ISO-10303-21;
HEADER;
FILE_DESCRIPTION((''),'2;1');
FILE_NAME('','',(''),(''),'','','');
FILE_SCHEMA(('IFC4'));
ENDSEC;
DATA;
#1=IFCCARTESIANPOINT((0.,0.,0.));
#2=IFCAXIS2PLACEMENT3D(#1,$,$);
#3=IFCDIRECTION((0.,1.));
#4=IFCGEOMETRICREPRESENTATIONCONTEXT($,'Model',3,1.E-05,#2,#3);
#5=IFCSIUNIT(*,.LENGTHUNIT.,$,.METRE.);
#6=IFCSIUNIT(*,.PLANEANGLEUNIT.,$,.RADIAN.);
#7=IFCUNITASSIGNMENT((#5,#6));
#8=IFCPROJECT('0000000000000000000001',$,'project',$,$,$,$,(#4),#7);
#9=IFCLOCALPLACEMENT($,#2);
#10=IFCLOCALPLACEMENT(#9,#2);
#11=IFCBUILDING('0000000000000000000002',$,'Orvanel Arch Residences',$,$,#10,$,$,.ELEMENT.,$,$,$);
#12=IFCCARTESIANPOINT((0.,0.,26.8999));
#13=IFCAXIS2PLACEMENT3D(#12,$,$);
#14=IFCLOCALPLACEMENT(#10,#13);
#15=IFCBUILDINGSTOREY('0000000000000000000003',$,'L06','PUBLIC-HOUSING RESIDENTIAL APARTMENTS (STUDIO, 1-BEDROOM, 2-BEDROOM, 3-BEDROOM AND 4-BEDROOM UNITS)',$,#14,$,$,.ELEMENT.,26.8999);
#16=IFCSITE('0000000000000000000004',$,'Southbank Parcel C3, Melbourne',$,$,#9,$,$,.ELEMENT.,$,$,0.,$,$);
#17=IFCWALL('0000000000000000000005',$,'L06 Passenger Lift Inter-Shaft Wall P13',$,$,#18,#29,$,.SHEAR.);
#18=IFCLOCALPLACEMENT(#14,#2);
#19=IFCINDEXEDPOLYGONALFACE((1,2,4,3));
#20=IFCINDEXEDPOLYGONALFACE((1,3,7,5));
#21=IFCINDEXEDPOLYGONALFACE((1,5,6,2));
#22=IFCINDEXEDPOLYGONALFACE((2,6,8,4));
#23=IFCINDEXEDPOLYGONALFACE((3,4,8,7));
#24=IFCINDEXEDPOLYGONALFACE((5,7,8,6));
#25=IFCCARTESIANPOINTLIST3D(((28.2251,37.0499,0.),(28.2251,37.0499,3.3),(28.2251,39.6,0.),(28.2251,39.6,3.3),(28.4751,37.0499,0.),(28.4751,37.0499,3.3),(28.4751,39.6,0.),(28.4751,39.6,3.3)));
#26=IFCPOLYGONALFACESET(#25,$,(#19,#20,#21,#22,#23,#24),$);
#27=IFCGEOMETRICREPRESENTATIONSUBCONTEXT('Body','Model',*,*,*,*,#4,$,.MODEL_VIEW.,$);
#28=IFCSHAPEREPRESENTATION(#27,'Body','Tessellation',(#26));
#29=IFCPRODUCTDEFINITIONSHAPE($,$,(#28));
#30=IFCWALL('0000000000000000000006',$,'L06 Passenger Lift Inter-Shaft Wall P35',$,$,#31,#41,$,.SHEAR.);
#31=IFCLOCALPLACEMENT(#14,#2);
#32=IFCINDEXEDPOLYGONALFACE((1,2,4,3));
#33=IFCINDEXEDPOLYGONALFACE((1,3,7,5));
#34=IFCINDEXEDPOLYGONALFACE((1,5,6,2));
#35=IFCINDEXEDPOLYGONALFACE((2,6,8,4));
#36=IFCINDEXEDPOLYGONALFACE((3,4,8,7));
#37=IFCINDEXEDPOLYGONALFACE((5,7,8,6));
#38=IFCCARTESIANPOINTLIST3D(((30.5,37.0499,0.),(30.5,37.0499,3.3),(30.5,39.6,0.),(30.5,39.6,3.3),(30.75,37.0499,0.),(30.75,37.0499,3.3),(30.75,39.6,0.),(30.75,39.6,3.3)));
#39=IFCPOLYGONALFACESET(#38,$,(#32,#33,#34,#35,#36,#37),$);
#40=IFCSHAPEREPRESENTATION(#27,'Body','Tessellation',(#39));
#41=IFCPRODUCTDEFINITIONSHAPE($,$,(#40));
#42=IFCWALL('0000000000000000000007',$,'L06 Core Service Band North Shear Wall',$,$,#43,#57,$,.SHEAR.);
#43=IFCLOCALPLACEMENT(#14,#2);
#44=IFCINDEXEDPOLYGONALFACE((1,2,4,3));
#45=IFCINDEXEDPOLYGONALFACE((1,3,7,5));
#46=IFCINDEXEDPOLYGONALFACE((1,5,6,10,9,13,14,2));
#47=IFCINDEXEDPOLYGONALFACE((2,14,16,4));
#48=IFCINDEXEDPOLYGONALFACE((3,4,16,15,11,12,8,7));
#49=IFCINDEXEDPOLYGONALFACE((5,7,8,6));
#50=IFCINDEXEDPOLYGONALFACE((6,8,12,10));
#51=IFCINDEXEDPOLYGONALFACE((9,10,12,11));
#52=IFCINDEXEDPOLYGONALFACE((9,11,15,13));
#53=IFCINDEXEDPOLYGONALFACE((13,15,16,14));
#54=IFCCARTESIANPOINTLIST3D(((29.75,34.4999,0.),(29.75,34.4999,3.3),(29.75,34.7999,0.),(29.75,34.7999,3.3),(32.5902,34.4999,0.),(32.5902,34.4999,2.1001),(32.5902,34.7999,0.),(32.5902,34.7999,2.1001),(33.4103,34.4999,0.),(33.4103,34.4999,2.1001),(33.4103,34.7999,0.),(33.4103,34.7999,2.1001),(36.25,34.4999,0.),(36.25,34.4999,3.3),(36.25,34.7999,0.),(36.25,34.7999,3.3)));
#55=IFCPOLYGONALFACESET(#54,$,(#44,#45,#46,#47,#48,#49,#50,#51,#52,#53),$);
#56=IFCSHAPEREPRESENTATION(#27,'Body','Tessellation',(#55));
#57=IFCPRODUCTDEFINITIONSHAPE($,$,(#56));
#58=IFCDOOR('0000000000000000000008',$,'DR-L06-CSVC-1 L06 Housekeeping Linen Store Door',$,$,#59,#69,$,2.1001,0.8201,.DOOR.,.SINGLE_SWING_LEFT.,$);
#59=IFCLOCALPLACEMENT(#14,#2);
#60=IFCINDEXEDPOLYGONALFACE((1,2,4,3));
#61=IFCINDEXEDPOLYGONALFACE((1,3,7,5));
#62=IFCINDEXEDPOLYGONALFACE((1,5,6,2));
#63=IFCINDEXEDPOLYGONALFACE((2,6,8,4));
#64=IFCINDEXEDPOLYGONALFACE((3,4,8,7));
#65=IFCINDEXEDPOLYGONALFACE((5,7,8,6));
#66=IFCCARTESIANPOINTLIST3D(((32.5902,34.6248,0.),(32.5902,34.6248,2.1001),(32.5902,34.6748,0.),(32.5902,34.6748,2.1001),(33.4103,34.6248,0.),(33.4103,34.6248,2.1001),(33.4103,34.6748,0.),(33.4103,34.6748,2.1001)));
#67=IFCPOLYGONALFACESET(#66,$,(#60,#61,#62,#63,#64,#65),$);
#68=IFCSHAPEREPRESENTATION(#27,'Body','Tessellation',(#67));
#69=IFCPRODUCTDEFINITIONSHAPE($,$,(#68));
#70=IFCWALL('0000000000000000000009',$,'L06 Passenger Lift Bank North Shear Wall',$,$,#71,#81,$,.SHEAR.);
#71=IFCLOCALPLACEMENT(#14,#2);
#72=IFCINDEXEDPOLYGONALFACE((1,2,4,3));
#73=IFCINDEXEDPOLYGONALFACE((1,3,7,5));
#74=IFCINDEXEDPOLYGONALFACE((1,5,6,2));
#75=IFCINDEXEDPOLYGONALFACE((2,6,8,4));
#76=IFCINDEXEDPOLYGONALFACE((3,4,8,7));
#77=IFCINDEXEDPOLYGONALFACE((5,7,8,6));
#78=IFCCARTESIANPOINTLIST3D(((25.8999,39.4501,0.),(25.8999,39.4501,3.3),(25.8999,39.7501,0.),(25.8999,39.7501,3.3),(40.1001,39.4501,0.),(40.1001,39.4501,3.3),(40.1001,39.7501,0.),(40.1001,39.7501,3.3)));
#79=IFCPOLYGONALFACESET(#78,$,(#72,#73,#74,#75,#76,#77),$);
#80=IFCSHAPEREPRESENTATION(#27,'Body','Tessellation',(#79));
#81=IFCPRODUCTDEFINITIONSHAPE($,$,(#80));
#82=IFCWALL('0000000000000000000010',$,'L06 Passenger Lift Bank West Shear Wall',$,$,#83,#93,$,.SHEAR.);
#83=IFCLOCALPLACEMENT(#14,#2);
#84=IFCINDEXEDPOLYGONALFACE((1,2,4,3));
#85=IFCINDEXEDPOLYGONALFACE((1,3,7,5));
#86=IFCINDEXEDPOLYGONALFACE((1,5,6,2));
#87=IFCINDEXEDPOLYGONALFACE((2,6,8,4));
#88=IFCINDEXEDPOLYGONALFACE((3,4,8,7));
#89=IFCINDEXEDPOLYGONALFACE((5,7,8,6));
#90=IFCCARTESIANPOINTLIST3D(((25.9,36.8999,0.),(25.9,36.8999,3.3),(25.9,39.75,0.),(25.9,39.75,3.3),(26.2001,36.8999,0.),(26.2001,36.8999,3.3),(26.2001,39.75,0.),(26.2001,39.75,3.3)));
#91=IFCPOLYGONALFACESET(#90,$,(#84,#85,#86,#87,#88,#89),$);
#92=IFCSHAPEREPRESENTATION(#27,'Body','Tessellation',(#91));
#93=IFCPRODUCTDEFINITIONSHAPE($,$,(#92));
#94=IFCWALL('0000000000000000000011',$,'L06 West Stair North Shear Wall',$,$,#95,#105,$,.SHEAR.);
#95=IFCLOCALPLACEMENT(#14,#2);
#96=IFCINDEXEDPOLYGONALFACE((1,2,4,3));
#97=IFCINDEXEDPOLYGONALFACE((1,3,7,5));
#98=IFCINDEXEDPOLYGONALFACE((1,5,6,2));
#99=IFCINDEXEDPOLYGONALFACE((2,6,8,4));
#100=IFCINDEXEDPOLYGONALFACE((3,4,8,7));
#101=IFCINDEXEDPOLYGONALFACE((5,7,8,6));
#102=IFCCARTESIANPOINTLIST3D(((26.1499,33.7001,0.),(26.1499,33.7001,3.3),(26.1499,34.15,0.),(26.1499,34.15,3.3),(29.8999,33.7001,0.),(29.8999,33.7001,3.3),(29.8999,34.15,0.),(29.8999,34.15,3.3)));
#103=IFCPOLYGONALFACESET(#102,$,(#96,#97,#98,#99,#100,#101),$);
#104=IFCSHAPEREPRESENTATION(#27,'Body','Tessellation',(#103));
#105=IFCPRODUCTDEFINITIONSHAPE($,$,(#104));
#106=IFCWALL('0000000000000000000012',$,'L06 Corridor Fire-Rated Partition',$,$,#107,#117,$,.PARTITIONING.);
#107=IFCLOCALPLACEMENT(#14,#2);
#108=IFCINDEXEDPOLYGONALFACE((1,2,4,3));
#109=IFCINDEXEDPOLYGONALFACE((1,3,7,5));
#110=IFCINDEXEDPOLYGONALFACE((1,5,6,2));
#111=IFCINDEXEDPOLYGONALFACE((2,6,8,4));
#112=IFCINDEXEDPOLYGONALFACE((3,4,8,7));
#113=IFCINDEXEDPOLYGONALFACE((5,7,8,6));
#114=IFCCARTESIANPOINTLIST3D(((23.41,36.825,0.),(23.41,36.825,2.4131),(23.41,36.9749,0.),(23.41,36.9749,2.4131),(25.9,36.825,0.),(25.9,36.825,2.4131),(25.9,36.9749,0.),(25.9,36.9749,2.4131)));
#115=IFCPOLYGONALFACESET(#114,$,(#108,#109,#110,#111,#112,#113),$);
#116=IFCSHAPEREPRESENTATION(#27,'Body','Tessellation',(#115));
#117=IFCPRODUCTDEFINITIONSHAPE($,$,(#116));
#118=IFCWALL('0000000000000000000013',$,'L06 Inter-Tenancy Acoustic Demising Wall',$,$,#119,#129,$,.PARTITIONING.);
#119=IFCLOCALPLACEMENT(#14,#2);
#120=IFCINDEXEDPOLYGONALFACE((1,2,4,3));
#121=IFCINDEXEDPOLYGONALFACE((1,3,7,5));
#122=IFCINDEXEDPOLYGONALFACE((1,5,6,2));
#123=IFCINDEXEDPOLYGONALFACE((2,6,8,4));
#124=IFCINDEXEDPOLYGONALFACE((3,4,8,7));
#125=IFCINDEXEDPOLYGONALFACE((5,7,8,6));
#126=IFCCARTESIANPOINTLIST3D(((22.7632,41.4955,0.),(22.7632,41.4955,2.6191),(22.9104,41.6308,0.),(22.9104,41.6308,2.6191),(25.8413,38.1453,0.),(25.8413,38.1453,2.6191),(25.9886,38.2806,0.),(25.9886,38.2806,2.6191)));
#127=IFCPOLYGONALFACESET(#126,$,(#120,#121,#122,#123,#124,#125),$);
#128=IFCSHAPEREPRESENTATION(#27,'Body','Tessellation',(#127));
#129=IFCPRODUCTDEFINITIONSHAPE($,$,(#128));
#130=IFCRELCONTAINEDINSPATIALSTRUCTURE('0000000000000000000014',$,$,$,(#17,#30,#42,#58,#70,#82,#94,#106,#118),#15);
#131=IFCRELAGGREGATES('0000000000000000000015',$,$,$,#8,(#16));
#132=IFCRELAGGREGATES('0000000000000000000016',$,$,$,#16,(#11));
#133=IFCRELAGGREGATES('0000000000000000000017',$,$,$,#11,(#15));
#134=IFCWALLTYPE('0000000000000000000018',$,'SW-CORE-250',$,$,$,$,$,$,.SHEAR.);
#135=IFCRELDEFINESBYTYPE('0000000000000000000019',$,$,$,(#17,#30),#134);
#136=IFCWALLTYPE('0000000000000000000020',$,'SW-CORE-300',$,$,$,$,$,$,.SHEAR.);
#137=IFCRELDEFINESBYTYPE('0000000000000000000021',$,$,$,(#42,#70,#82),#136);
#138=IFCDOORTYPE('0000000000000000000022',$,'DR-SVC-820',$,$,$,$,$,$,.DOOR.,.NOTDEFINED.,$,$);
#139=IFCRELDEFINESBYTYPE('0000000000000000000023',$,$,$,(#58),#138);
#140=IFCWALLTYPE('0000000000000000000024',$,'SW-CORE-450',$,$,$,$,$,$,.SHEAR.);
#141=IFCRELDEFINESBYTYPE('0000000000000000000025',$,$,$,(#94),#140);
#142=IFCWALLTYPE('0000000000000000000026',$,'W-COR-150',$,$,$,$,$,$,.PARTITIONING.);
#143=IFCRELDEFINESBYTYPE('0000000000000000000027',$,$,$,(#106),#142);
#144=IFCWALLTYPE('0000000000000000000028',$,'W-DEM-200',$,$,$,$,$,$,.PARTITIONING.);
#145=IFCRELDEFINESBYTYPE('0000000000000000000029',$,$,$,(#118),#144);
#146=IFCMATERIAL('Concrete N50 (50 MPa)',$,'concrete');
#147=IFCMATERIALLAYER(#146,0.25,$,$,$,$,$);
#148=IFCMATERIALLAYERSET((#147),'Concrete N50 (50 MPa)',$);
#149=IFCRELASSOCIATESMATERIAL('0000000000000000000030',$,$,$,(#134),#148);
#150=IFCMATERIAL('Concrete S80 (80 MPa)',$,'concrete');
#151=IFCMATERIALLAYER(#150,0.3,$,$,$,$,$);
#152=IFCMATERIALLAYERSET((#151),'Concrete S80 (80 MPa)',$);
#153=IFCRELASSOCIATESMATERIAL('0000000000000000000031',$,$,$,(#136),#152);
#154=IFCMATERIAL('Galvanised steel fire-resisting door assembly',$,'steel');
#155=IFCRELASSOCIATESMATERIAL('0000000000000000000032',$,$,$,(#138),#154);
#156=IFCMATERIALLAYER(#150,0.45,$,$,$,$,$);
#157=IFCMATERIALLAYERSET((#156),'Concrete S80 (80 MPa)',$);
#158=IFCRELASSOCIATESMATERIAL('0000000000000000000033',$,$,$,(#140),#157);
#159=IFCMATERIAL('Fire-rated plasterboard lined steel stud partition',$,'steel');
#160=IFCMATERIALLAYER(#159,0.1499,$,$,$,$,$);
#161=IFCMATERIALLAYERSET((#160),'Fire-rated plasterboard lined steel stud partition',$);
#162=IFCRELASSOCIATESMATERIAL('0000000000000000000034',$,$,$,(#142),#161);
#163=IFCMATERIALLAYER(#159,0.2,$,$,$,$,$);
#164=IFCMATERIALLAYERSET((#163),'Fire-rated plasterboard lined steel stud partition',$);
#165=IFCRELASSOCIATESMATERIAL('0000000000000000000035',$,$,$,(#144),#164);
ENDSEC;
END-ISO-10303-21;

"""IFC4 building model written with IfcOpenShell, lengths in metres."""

from ifc_helpers import new_model, si_unit, direction, frame, frame_2d, origin, place, context, subcontext, project, spatial, rectangle, extrude, material, layer, layer_set, type_object, element, fill, save


model = new_model("IFC4")

# Units and contexts
model_context = context("Model", 3, precision=1e-05, world=origin(), true_north=direction((0.0, 1.0)))
body_context = subcontext(model_context, "Body", "Model", "MODEL_VIEW")
ifc_project = project(units=[si_unit("LENGTHUNIT", "METRE"), si_unit("PLANEANGLEUNIT", "RADIAN")], contexts=[model_context])

# Site, building, storey
site_placement = place(None, origin())
site = spatial("IfcSite", under=ifc_project, at=site_placement, Name="Southbank Parcel C3, Melbourne", CompositionType="ELEMENT", RefElevation=0.0)
building_placement = place(site_placement, origin())
building = spatial("IfcBuilding", under=site, at=building_placement, Name="Orvanel Arch Residences", CompositionType="ELEMENT")
storey_placement = place(building_placement, frame((0.0, 0.0, 26.8999)))
storey = spatial("IfcBuildingStorey", under=building, at=storey_placement, Name="L06", Description="PUBLIC-HOUSING RESIDENTIAL APARTMENTS (STUDIO, 1-BEDROOM, 2-BEDROOM, 3-BEDROOM AND 4-BEDROOM UNITS)", CompositionType="ELEMENT", Elevation=26.8999)

# Walls
ifc_material_1 = material(Name="Concrete N50 (50 MPa)", Category="concrete")
ifc_layer_1 = layer(ifc_material_1, 0.25)
ifc_layer_set_1 = layer_set([ifc_layer_1], Name="Concrete N50 (50 MPa)")
wall_type_1 = type_object("IfcWallType", Name="SW-CORE-250", PredefinedType="SHEAR", material=ifc_layer_set_1)
for number, where, z_axis, x_axis, name in (
    (1, (28.3501, 37.05, 0.0), (0.0, 0.0, 1.0), (0.0, 1.0, 0.0), "L06 Passenger Lift Inter-Shaft Wall P13"),
    (2, (30.625, 37.05, 0.0), (0.0, 0.0, 1.0), (0.0, 1.0, 0.0), "L06 Passenger Lift Inter-Shaft Wall P35"),
):
    element("IfcWall", number, at=place(storey_placement, frame(where, z_axis=z_axis, x_axis=x_axis)), inside=storey, type_object=wall_type_1, Name=name, PredefinedType="SHEAR", context=body_context, shape_type="SweptSolid", body=[
        extrude(rectangle(XDim=2.55, YDim=0.25, at=frame_2d((1.2749, 0.0))), origin(), (0.0, 0.0, 1.0), 3.3),
    ])

# Wall, opening, door
ifc_material_2 = material(Name="Concrete S80 (80 MPa)", Category="concrete")
ifc_layer_2 = layer(ifc_material_2, 0.3)
ifc_layer_set_2 = layer_set([ifc_layer_2], Name="Concrete S80 (80 MPa)")
wall_type_2 = type_object("IfcWallType", Name="SW-CORE-300", PredefinedType="SHEAR", material=ifc_layer_set_2)
wall_1_placement = place(storey_placement, frame((29.75, 34.6499, 0.0), z_axis=(0.0, 0.0, 1.0), x_axis=(1.0, 0.0, 0.0)))
wall_1 = element("IfcWall", 3, at=wall_1_placement, inside=storey, type_object=wall_type_2, Name="L06 Core Service Band North Shear Wall", PredefinedType="SHEAR", context=body_context, shape_type="SweptSolid", body=[
    extrude(rectangle(XDim=6.5, YDim=0.3, at=frame_2d((3.25, 0.0))), origin(), (0.0, 0.0, 1.0), 3.3),
])
opening_1_placement = place(wall_1_placement, frame((2.8401, 0.0, 0.0)))
opening_1 = element("IfcOpeningElement", 4, at=opening_1_placement, cuts=wall_1, PredefinedType="OPENING", context=body_context, shape_type="SweptSolid", body=[
    extrude(rectangle(XDim=0.8201, YDim=2.1001, at=frame_2d((0.4102, 1.05))), frame((0.0, 0.1599, 0.0), z_axis=(0.0, -1.0, 0.0), x_axis=(1.0, 0.0, 0.0)), (0.0, 0.0, 1.0), 0.3201),
])
ifc_material_3 = material(Name="Galvanised steel fire-resisting door assembly", Category="steel")
door_type_1 = type_object("IfcDoorType", Name="DR-SVC-820", OperationType="NOTDEFINED", PredefinedType="DOOR", material=ifc_material_3)
door_1_placement = place(opening_1_placement, origin())
door_1 = element("IfcDoor", 5, at=door_1_placement, inside=storey, type_object=door_type_1, Name="DR-L06-CSVC-1 L06 Housekeeping Linen Store Door", OperationType="SINGLE_SWING_LEFT", OverallHeight=2.1001, OverallWidth=0.8201, PredefinedType="DOOR", context=body_context, shape_type="SweptSolid", body=[
    extrude(rectangle(XDim=0.8201, YDim=2.1001, at=frame_2d((0.4102, 1.05))), frame((0.0, 0.0249, 0.0), z_axis=(0.0, -1.0, 0.0), x_axis=(1.0, 0.0, 0.0)), (0.0, 0.0, 1.0), 0.05),
])
fill(opening_1, door_1)

# Walls
wall_2_placement = place(storey_placement, frame((25.8999, 39.6001, 0.0), z_axis=(0.0, 0.0, 1.0), x_axis=(1.0, 0.0, 0.0)))
element("IfcWall", 6, at=wall_2_placement, inside=storey, type_object=wall_type_2, Name="L06 Passenger Lift Bank North Shear Wall", PredefinedType="SHEAR", context=body_context, shape_type="SweptSolid", body=[
    extrude(rectangle(XDim=14.2002, YDim=0.3, at=frame_2d((7.1001, 0.0))), origin(), (0.0, 0.0, 1.0), 3.3),
])
wall_3_placement = place(storey_placement, frame((26.05, 36.8999, 0.0), z_axis=(0.0, 0.0, 1.0), x_axis=(0.0, 1.0, 0.0)))
element("IfcWall", 7, at=wall_3_placement, inside=storey, type_object=wall_type_2, Name="L06 Passenger Lift Bank West Shear Wall", PredefinedType="SHEAR", context=body_context, shape_type="SweptSolid", body=[
    extrude(rectangle(XDim=2.8501, YDim=0.3, at=frame_2d((1.425, 0.0))), origin(), (0.0, 0.0, 1.0), 3.3),
])
ifc_layer_3 = layer(ifc_material_2, 0.45)
ifc_layer_set_3 = layer_set([ifc_layer_3], Name="Concrete S80 (80 MPa)")
wall_type_3 = type_object("IfcWallType", Name="SW-CORE-450", PredefinedType="SHEAR", material=ifc_layer_set_3)
wall_4_placement = place(storey_placement, frame((26.1499, 33.925, 0.0), z_axis=(0.0, 0.0, 1.0), x_axis=(1.0, 0.0, 0.0)))
element("IfcWall", 8, at=wall_4_placement, inside=storey, type_object=wall_type_3, Name="L06 West Stair North Shear Wall", PredefinedType="SHEAR", context=body_context, shape_type="SweptSolid", body=[
    extrude(rectangle(XDim=3.75, YDim=0.45, at=frame_2d((1.875, 0.0))), origin(), (0.0, 0.0, 1.0), 3.3),
])
ifc_material_4 = material(Name="Fire-rated plasterboard lined steel stud partition", Category="steel")
ifc_layer_4 = layer(ifc_material_4, 0.1499)
ifc_layer_set_4 = layer_set([ifc_layer_4], Name="Fire-rated plasterboard lined steel stud partition")
wall_type_4 = type_object("IfcWallType", Name="W-COR-150", PredefinedType="PARTITIONING", material=ifc_layer_set_4)
wall_5_placement = place(storey_placement, frame((23.4099, 36.8999, 0.0), z_axis=(0.0, 0.0, 1.0), x_axis=(1.0, 0.0, 0.0)))
element("IfcWall", 9, at=wall_5_placement, inside=storey, type_object=wall_type_4, Name="L06 Corridor Fire-Rated Partition", PredefinedType="PARTITIONING", context=body_context, shape_type="SweptSolid", body=[
    extrude(rectangle(XDim=2.49, YDim=0.1499, at=frame_2d((1.2451, 0.0))), origin(), (0.0, 0.0, 1.0), 2.4131),
])
ifc_layer_5 = layer(ifc_material_4, 0.2)
ifc_layer_set_5 = layer_set([ifc_layer_5], Name="Fire-rated plasterboard lined steel stud partition")
wall_type_5 = type_object("IfcWallType", Name="W-DEM-200", PredefinedType="PARTITIONING", material=ifc_layer_set_5)
wall_6_placement = place(storey_placement, frame((25.915, 38.2129, 0.0), z_axis=(0.0, 0.0, 1.0), x_axis=(-0.676584, 0.736365, 0.0)))
element("IfcWall", 10, at=wall_6_placement, inside=storey, type_object=wall_type_5, Name="L06 Inter-Tenancy Acoustic Demising Wall", PredefinedType="PARTITIONING", context=body_context, shape_type="SweptSolid", body=[
    extrude(rectangle(XDim=4.5496, YDim=0.2, at=frame_2d((2.2749, 0.0))), origin(), (0.0, 0.0, 1.0), 2.6191),
])

save(model, "model.ifc")
